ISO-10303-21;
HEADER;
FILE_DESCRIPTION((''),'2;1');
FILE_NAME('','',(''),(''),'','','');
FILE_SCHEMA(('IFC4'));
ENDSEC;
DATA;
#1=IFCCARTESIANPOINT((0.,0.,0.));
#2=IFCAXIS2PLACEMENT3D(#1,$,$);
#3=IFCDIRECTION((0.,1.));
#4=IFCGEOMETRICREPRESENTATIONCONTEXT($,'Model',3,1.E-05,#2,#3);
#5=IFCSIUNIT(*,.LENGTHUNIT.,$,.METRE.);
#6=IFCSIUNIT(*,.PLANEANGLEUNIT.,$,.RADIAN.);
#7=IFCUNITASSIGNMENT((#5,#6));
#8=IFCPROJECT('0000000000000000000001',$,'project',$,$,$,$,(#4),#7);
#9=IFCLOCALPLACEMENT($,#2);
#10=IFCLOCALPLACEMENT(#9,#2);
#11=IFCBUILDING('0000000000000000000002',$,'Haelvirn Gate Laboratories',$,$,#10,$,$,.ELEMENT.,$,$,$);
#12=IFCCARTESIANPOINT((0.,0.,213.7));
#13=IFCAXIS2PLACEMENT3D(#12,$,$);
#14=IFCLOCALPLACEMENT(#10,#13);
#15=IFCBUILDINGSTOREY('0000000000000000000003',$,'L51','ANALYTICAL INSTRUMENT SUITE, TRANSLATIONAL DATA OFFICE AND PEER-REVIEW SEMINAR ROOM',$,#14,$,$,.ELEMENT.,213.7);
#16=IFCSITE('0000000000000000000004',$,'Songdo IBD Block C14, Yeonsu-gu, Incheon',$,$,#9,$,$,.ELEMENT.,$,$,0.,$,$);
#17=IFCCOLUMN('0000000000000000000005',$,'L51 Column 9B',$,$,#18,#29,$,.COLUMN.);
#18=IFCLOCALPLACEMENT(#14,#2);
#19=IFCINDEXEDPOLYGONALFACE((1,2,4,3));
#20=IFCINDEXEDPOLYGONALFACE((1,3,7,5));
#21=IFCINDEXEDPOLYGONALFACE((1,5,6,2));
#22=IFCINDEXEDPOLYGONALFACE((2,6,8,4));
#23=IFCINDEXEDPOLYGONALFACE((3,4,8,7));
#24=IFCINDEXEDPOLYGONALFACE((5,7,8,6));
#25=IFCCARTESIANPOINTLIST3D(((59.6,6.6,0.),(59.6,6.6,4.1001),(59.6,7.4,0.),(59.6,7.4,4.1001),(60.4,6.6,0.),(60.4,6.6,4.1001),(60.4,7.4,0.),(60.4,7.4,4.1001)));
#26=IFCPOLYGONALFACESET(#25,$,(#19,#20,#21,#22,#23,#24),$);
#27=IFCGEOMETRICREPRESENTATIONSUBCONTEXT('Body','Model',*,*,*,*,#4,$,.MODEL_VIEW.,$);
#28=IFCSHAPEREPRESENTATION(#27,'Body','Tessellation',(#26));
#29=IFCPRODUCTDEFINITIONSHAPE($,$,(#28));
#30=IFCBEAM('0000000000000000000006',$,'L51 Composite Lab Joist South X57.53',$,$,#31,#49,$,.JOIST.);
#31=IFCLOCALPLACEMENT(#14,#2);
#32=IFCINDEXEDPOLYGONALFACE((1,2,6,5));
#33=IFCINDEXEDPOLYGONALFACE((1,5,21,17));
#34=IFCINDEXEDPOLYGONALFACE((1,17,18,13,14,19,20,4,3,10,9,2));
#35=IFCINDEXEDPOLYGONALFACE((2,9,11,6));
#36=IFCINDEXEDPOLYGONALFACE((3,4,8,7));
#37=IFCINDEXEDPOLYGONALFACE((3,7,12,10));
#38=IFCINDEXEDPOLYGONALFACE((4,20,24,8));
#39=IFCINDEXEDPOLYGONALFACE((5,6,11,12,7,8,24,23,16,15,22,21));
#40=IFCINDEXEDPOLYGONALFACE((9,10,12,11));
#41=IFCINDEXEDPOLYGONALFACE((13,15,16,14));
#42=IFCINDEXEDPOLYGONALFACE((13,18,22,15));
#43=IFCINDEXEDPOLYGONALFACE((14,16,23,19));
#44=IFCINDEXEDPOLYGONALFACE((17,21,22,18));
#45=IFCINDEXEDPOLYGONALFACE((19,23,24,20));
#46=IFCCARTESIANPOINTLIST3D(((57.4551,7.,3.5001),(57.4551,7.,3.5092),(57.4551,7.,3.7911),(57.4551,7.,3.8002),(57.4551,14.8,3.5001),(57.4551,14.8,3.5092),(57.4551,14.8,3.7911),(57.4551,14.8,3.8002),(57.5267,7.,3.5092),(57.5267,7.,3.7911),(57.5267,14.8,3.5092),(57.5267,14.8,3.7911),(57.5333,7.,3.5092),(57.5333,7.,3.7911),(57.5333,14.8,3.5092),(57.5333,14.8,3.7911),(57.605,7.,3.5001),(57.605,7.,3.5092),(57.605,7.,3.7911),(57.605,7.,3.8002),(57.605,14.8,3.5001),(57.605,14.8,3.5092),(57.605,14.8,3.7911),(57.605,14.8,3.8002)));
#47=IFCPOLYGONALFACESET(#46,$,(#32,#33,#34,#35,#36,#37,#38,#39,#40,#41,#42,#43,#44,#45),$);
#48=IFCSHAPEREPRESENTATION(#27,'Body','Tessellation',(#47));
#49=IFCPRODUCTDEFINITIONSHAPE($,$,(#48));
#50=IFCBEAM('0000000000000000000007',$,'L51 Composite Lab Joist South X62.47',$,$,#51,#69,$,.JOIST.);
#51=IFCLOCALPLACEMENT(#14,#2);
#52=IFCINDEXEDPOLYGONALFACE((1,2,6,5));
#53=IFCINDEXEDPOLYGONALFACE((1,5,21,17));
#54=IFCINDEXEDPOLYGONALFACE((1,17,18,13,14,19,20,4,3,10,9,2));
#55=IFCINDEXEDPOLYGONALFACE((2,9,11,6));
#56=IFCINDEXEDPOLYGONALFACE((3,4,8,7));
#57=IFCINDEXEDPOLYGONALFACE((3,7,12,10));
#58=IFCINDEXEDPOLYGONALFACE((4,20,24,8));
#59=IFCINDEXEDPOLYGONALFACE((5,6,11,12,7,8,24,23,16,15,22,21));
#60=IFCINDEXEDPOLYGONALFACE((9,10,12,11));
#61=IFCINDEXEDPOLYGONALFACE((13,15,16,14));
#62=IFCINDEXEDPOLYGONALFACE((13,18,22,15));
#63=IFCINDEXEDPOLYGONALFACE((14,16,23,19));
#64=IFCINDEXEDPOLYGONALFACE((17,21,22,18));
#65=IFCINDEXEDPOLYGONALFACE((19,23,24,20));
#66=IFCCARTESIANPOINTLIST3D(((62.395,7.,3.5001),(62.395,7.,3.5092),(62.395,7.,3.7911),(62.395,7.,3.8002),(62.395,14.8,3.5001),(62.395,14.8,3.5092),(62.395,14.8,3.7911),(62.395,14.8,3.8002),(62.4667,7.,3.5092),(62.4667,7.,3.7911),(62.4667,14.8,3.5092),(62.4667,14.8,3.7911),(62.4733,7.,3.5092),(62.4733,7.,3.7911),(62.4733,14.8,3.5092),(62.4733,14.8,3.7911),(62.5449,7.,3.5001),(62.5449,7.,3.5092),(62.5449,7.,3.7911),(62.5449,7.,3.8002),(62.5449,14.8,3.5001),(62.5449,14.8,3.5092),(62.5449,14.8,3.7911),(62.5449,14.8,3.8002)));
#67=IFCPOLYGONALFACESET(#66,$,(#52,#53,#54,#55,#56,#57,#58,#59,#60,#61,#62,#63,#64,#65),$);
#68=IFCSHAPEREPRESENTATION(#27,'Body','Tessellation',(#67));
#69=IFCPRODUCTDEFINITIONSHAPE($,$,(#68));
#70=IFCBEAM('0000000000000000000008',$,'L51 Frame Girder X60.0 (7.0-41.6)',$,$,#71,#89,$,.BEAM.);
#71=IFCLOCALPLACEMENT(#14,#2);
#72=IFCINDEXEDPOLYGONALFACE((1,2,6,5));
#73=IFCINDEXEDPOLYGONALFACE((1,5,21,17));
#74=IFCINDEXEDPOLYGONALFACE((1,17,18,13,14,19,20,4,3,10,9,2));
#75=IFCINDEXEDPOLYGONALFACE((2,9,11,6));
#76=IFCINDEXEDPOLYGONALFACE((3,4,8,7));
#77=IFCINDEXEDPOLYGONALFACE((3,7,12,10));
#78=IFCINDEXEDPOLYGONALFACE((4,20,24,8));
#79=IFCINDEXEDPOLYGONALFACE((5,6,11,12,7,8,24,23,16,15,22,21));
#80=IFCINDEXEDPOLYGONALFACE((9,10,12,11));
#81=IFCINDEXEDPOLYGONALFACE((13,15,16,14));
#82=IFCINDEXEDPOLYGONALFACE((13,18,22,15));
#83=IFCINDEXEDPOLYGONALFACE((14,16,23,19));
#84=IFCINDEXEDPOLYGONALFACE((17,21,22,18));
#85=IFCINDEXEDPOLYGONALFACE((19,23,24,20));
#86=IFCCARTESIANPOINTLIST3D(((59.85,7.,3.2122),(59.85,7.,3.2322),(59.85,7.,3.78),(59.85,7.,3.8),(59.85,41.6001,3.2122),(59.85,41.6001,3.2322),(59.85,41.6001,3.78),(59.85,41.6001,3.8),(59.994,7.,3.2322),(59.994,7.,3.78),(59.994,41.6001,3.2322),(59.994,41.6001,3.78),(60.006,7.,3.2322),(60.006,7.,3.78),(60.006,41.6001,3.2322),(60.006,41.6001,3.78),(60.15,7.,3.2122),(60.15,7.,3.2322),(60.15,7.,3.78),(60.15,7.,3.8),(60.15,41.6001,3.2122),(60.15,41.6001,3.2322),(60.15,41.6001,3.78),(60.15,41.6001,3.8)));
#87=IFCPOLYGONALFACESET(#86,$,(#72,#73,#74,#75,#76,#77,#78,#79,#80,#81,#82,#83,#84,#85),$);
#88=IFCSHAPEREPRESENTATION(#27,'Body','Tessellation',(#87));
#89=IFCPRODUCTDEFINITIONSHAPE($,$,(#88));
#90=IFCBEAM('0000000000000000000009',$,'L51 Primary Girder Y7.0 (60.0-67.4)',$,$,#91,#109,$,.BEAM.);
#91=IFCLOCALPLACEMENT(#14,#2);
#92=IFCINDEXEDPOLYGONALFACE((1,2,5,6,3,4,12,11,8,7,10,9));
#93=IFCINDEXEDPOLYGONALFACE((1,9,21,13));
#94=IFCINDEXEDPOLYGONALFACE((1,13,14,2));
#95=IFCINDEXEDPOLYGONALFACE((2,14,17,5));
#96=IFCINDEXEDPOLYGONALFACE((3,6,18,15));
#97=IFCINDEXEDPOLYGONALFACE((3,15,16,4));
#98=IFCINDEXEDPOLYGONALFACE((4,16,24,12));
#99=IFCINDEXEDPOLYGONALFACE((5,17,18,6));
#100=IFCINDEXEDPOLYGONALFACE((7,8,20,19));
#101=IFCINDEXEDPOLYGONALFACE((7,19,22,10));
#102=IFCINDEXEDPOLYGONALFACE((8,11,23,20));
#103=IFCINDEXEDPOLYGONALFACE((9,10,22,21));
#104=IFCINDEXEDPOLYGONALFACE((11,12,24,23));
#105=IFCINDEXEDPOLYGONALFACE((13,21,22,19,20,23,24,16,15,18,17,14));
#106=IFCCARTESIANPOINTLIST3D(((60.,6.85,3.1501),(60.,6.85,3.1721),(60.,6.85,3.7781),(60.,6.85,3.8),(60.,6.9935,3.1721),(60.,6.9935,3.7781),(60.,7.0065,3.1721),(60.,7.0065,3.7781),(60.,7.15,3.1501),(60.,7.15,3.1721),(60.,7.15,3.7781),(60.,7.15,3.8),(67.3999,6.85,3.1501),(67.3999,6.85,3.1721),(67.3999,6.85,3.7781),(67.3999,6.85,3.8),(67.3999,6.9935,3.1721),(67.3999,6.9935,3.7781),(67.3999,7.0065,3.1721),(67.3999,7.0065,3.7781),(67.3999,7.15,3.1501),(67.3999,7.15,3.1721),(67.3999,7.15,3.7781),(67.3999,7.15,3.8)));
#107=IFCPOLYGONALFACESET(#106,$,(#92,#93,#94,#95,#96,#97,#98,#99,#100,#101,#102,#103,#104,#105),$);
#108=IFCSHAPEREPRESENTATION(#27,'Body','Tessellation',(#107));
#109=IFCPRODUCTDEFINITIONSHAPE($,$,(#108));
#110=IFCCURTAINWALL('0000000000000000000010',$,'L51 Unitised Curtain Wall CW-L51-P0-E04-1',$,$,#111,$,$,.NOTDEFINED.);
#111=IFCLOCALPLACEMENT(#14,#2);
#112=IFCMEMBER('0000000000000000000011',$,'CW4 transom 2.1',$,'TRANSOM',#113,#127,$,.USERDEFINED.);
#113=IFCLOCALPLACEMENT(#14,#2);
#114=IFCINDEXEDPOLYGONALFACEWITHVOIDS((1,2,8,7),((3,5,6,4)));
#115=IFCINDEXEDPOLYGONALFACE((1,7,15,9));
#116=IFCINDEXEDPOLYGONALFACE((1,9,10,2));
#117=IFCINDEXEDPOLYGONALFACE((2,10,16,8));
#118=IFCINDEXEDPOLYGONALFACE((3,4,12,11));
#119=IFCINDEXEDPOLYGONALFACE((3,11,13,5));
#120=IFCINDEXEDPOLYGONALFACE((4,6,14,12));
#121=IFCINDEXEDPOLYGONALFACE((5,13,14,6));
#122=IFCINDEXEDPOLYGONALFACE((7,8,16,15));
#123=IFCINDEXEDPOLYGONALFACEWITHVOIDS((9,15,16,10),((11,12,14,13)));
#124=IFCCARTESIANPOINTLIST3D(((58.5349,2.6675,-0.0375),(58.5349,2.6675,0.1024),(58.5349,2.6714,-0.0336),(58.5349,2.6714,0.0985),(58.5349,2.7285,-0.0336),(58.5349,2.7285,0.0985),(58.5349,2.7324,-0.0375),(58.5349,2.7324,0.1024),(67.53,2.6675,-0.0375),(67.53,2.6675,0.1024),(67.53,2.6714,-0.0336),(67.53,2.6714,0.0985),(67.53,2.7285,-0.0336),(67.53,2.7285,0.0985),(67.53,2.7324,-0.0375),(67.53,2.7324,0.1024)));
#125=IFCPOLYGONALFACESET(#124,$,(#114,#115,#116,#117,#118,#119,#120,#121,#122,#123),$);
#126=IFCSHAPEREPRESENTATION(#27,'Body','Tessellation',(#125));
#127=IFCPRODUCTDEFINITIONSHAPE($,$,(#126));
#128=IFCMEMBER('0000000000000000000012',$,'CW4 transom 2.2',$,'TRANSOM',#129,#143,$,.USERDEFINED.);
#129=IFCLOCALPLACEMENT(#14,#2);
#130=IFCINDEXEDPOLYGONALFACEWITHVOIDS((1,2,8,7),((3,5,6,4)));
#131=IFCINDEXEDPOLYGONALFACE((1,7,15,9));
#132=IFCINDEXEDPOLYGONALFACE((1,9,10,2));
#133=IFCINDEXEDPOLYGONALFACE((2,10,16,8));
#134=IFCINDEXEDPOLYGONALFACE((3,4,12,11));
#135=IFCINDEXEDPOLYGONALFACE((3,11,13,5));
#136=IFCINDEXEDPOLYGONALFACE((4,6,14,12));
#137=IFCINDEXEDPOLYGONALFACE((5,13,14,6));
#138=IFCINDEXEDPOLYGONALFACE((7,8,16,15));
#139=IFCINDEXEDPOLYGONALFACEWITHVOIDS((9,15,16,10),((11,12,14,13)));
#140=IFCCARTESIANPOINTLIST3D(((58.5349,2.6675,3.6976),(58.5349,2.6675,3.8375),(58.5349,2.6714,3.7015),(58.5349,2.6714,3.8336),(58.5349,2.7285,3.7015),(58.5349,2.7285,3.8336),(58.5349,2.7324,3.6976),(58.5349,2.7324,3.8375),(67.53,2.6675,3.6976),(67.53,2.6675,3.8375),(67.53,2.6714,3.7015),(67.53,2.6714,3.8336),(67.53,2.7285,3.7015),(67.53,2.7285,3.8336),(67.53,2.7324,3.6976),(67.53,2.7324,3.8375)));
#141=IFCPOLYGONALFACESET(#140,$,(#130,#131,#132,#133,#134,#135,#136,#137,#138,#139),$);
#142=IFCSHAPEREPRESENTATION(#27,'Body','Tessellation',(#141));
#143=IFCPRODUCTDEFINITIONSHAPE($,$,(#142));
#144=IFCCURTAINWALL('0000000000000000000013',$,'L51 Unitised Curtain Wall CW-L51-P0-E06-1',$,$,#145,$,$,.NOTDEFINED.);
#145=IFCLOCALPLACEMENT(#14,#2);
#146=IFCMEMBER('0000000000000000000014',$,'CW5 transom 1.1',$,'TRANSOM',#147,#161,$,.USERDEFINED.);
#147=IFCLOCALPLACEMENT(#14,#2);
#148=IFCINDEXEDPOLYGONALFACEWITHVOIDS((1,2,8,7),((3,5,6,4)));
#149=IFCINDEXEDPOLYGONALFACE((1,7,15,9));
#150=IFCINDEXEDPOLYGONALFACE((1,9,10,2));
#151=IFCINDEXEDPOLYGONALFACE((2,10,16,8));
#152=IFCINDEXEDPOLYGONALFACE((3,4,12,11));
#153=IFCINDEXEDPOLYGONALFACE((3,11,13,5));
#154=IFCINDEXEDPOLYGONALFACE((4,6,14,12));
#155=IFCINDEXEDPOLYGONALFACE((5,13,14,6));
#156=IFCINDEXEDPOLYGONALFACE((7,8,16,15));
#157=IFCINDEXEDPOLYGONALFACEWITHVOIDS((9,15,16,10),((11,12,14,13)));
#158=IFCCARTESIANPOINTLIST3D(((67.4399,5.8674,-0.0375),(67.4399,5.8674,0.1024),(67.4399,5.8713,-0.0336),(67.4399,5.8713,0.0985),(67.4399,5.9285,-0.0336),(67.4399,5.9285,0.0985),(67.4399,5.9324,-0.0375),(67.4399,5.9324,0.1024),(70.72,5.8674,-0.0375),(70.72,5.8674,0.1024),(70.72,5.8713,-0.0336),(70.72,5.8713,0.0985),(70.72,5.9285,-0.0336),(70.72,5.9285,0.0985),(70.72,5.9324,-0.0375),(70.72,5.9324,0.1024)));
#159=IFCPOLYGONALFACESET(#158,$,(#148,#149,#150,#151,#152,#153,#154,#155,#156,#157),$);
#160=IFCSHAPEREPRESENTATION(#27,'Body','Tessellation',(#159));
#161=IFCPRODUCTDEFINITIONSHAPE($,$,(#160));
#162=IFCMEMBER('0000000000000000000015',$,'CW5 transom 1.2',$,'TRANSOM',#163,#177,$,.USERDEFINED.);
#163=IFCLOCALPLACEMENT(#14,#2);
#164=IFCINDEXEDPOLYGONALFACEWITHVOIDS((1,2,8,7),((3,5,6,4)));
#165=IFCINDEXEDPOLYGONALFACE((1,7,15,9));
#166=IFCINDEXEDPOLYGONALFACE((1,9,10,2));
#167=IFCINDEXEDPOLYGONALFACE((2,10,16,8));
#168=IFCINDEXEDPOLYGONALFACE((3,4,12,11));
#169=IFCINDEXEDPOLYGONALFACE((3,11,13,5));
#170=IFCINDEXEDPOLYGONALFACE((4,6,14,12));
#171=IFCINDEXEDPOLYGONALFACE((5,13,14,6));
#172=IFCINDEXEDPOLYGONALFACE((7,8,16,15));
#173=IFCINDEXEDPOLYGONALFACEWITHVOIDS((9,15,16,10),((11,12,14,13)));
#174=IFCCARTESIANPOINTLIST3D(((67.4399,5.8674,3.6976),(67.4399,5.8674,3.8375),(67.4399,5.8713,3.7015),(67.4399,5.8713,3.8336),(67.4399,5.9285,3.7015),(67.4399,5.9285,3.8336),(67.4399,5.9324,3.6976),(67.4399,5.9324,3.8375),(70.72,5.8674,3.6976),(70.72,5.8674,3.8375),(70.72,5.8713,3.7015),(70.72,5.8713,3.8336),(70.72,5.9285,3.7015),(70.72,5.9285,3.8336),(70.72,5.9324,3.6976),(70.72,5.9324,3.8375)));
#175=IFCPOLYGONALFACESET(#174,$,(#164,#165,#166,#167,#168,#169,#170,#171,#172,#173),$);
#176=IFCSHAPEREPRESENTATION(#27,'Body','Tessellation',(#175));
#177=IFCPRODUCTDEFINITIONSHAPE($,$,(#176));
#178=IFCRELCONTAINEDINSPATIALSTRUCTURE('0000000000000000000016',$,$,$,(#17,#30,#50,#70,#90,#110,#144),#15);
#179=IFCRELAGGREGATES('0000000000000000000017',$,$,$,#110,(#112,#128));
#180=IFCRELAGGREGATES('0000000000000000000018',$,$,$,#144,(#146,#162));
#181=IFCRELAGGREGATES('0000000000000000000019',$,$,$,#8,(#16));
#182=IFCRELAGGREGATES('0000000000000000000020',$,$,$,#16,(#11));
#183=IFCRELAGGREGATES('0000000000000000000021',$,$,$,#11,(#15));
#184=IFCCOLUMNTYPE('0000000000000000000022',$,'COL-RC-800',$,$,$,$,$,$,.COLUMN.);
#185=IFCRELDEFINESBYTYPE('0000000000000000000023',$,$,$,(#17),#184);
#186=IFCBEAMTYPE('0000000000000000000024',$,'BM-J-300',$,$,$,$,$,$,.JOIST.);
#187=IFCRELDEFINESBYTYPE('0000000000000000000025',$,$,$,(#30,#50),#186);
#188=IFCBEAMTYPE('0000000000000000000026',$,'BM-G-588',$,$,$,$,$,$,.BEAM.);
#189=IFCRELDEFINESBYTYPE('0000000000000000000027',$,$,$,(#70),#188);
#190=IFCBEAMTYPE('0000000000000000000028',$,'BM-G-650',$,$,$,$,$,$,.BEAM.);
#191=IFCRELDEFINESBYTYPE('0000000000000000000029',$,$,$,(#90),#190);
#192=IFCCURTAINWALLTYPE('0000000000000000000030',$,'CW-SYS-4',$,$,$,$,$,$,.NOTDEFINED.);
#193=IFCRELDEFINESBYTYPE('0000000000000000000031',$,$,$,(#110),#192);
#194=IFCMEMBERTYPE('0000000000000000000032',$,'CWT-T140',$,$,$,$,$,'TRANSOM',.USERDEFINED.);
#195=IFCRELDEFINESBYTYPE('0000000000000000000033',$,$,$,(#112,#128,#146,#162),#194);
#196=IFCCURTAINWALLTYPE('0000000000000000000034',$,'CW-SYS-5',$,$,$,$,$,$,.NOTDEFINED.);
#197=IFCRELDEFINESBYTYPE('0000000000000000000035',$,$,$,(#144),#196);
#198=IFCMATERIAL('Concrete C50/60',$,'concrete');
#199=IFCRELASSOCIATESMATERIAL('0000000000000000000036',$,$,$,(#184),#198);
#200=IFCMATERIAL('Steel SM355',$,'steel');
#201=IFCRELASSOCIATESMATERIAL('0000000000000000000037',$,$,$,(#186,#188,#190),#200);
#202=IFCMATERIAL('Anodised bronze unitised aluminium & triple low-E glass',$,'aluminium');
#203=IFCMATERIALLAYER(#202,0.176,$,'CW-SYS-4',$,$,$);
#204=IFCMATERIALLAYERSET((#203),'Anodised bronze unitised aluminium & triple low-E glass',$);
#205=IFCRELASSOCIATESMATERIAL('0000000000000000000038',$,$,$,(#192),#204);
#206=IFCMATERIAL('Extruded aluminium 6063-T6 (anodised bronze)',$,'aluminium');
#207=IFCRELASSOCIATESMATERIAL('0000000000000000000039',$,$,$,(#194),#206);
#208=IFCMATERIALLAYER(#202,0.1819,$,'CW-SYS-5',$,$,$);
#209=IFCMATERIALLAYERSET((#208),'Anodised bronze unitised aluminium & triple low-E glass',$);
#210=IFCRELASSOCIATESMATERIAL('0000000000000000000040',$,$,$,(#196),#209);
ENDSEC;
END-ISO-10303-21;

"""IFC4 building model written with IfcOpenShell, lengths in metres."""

from ifc_helpers import new_model, si_unit, direction, frame, origin, origin_2d, place, context, subcontext, project, spatial, rectangle, hollow_rectangle, i_section, extrude, source, transform, mapped, material, layer, layer_set, material_profile, profile_set, type_object, type_shapes, element, aggregate, save


model = new_model("IFC4")

# Units and contexts
model_context = context("Model", 3, precision=1e-05, world=origin(), true_north=direction((0.0, 1.0)))
body_context = subcontext(model_context, "Body", "Model", "MODEL_VIEW")
ifc_project = project(units=[si_unit("LENGTHUNIT", "METRE"), si_unit("PLANEANGLEUNIT", "RADIAN")], contexts=[model_context])

# Site, building, storey
site_placement = place(None, origin())
site = spatial("IfcSite", under=ifc_project, at=site_placement, Name="Songdo IBD Block C14, Yeonsu-gu, Incheon", CompositionType="ELEMENT", RefElevation=0.0)
building_placement = place(site_placement, origin())
building = spatial("IfcBuilding", under=site, at=building_placement, Name="Haelvirn Gate Laboratories", CompositionType="ELEMENT")
storey_placement = place(building_placement, frame((0.0, 0.0, 213.7)))
storey = spatial("IfcBuildingStorey", under=building, at=storey_placement, Name="L51", Description="ANALYTICAL INSTRUMENT SUITE, TRANSLATIONAL DATA OFFICE AND PEER-REVIEW SEMINAR ROOM", CompositionType="ELEMENT", Elevation=213.7)

# Column
ifc_material_1 = material(Name="Concrete C50/60", Category="concrete")
ifc_material_profile_1 = material_profile(ifc_material_1, rectangle(XDim=0.8, YDim=0.8, at=origin_2d()), Name="RC-800x800")
ifc_profile_set_1 = profile_set([ifc_material_profile_1], Name="Concrete C50/60")
column_type = type_object("IfcColumnType", Name="COL-RC-800", PredefinedType="COLUMN", material=ifc_profile_set_1)
shared_shape_1 = source(origin(), body_context, "Body", "SweptSolid", [
    extrude(rectangle(XDim=0.8, YDim=0.8, at=origin_2d()), origin(), (0.0, 0.0, 1.0), 4.1001),
])
type_shapes(column_type, [shared_shape_1])
column_placement = place(storey_placement, frame((60.0, 7.0, 0.0), z_axis=(0.0, 0.0, 1.0), x_axis=(1.0, 0.0, 0.0)))
element("IfcColumn", 1, at=column_placement, inside=storey, type_object=column_type, Name="L51 Column 9B", PredefinedType="COLUMN", context=body_context, shape_type="MappedRepresentation", body=[
    mapped(shared_shape_1, transform((0.0, 0.0, 0.0), scale=1.0)),
])

# Beams
ifc_material_2 = material(Name="Steel SM355", Category="steel")
ifc_material_profile_2 = material_profile(ifc_material_2, i_section(OverallWidth=0.1499, OverallDepth=0.3, WebThickness=0.0066, FlangeThickness=0.009, at=origin_2d()), Name="H-300x150x6.5x9")
ifc_profile_set_2 = profile_set([ifc_material_profile_2], Name="Steel SM355")
beam_type_1 = type_object("IfcBeamType", Name="BM-J-300", PredefinedType="JOIST", material=ifc_profile_set_2)
shared_shape_2 = source(origin(), body_context, "Body", "SweptSolid", [
    extrude(i_section(OverallWidth=0.1499, OverallDepth=0.3, WebThickness=0.0066, FlangeThickness=0.009, at=origin_2d()), origin(), (0.0, 0.0, 1.0), 7.8),
])
type_shapes(beam_type_1, [shared_shape_2])
for number, where, z_axis, x_axis, name in (
    (2, (57.53, 7.0, 3.6501), (0.0, 1.0, 0.0), (-1.0, 0.0, 0.0), "L51 Composite Lab Joist South X57.53"),
    (3, (62.47, 7.0, 3.6501), (0.0, 1.0, 0.0), (-1.0, 0.0, 0.0), "L51 Composite Lab Joist South X62.47"),
):
    element("IfcBeam", number, at=place(storey_placement, frame(where, z_axis=z_axis, x_axis=x_axis)), inside=storey, type_object=beam_type_1, Name=name, PredefinedType="JOIST", context=body_context, shape_type="MappedRepresentation", body=[
        mapped(shared_shape_2, transform((0.0, 0.0, 0.0), scale=1.0)),
    ])
ifc_material_profile_3 = material_profile(ifc_material_2, i_section(OverallWidth=0.3, OverallDepth=0.5879, WebThickness=0.012, FlangeThickness=0.02, at=origin_2d()), Name="H-588x300x12x20")
ifc_profile_set_3 = profile_set([ifc_material_profile_3], Name="Steel SM355")
beam_type_2 = type_object("IfcBeamType", Name="BM-G-588", PredefinedType="BEAM", material=ifc_profile_set_3)
shared_shape_3 = source(origin(), body_context, "Body", "SweptSolid", [
    extrude(i_section(OverallWidth=0.3, OverallDepth=0.5879, WebThickness=0.012, FlangeThickness=0.02, at=origin_2d()), origin(), (0.0, 0.0, 1.0), 34.6001),
])
type_shapes(beam_type_2, [shared_shape_3])
beam_1_placement = place(storey_placement, frame((60.0, 7.0, 3.5061), z_axis=(0.0, 1.0, 0.0), x_axis=(-1.0, 0.0, 0.0)))
element("IfcBeam", 4, at=beam_1_placement, inside=storey, type_object=beam_type_2, Name="L51 Frame Girder X60.0 (7.0-41.6)", PredefinedType="BEAM", context=body_context, shape_type="MappedRepresentation", body=[
    mapped(shared_shape_3, transform((0.0, 0.0, 0.0), scale=1.0)),
])
ifc_material_profile_4 = material_profile(ifc_material_2, i_section(OverallWidth=0.3, OverallDepth=0.6499, WebThickness=0.0129, FlangeThickness=0.022, at=origin_2d()), Name="H-650x300x13x22")
ifc_profile_set_4 = profile_set([ifc_material_profile_4], Name="Steel SM355")
beam_type_3 = type_object("IfcBeamType", Name="BM-G-650", PredefinedType="BEAM", material=ifc_profile_set_4)
shared_shape_4 = source(origin(), body_context, "Body", "SweptSolid", [
    extrude(i_section(OverallWidth=0.3, OverallDepth=0.6499, WebThickness=0.0129, FlangeThickness=0.022, at=origin_2d()), origin(), (0.0, 0.0, 1.0), 7.3999),
])
type_shapes(beam_type_3, [shared_shape_4])
beam_2_placement = place(storey_placement, frame((60.0, 7.0, 3.4751), z_axis=(1.0, 0.0, 0.0), x_axis=(0.0, 1.0, 0.0)))
element("IfcBeam", 5, at=beam_2_placement, inside=storey, type_object=beam_type_3, Name="L51 Primary Girder Y7.0 (60.0-67.4)", PredefinedType="BEAM", context=body_context, shape_type="MappedRepresentation", body=[
    mapped(shared_shape_4, transform((0.0, 0.0, 0.0), scale=1.0)),
])

# Curtain walls, members
ifc_material_3 = material(Name="Anodised bronze unitised aluminium & triple low-E glass", Category="aluminium")
ifc_layer_1 = layer(ifc_material_3, 0.176, Name="CW-SYS-4")
ifc_layer_set_1 = layer_set([ifc_layer_1], Name="Anodised bronze unitised aluminium & triple low-E glass")
curtain_wall_type_1 = type_object("IfcCurtainWallType", Name="CW-SYS-4", PredefinedType="NOTDEFINED", material=ifc_layer_set_1)
curtain_wall_1_placement = place(storey_placement, origin())
curtain_wall_1 = element("IfcCurtainWall", 6, at=curtain_wall_1_placement, inside=storey, type_object=curtain_wall_type_1, Name="L51 Unitised Curtain Wall CW-L51-P0-E04-1", PredefinedType="NOTDEFINED")
ifc_material_4 = material(Name="Extruded aluminium 6063-T6 (anodised bronze)", Category="aluminium")
ifc_material_profile_5 = material_profile(ifc_material_4, hollow_rectangle(XDim=0.0649, YDim=0.1399, WallThickness=0.0039, at=origin_2d()), Name="CWT-140x65x4")
ifc_profile_set_5 = profile_set([ifc_material_profile_5], Name="Extruded aluminium 6063-T6 (anodised bronze)")
member_type_1 = type_object("IfcMemberType", Name="CWT-T140", ElementType="TRANSOM", PredefinedType="USERDEFINED", material=ifc_profile_set_5)
shared_shape_5 = source(origin(), body_context, "Body", "SweptSolid", [
    extrude(hollow_rectangle(XDim=0.0649, YDim=0.1399, WallThickness=0.0039, at=origin_2d()), origin(), (0.0, 0.0, 1.0), 8.9951),
])
member_1_placement = place(storey_placement, frame((58.5349, 2.7, 0.0325), z_axis=(1.0, 0.0, 0.0), x_axis=(0.0, 1.0, 0.0)))
member_1 = element("IfcMember", 7, at=member_1_placement, type_object=member_type_1, Name="CW4 transom 2.1", ObjectType="TRANSOM", PredefinedType="USERDEFINED", context=body_context, shape_type="MappedRepresentation", body=[
    mapped(shared_shape_5, transform((0.0, 0.0, 0.0), scale=1.0)),
])
member_2_placement = place(storey_placement, frame((58.5349, 2.7, 3.7676), z_axis=(1.0, 0.0, 0.0), x_axis=(0.0, 1.0, 0.0)))
member_2 = element("IfcMember", 8, at=member_2_placement, type_object=member_type_1, Name="CW4 transom 2.2", ObjectType="TRANSOM", PredefinedType="USERDEFINED", context=body_context, shape_type="MappedRepresentation", body=[
    mapped(shared_shape_5, transform((0.0, 0.0, 0.0), scale=1.0)),
])
ifc_layer_2 = layer(ifc_material_3, 0.1819, Name="CW-SYS-5")
ifc_layer_set_2 = layer_set([ifc_layer_2], Name="Anodised bronze unitised aluminium & triple low-E glass")
curtain_wall_type_2 = type_object("IfcCurtainWallType", Name="CW-SYS-5", PredefinedType="NOTDEFINED", material=ifc_layer_set_2)
curtain_wall_2_placement = place(storey_placement, origin())
curtain_wall_2 = element("IfcCurtainWall", 9, at=curtain_wall_2_placement, inside=storey, type_object=curtain_wall_type_2, Name="L51 Unitised Curtain Wall CW-L51-P0-E06-1", PredefinedType="NOTDEFINED")
shared_shape_6 = source(origin(), body_context, "Body", "SweptSolid", [
    extrude(hollow_rectangle(XDim=0.0649, YDim=0.1399, WallThickness=0.0039, at=origin_2d()), origin(), (0.0, 0.0, 1.0), 3.28),
])
member_3_placement = place(storey_placement, frame((67.4399, 5.8999, 0.0325), z_axis=(1.0, 0.0, 0.0), x_axis=(0.0, 1.0, 0.0)))
member_3 = element("IfcMember", 10, at=member_3_placement, type_object=member_type_1, Name="CW5 transom 1.1", ObjectType="TRANSOM", PredefinedType="USERDEFINED", context=body_context, shape_type="MappedRepresentation", body=[
    mapped(shared_shape_6, transform((0.0, 0.0, 0.0), scale=1.0)),
])
member_4_placement = place(storey_placement, frame((67.4399, 5.8999, 3.7676), z_axis=(1.0, 0.0, 0.0), x_axis=(0.0, 1.0, 0.0)))
member_4 = element("IfcMember", 11, at=member_4_placement, type_object=member_type_1, Name="CW5 transom 1.2", ObjectType="TRANSOM", PredefinedType="USERDEFINED", context=body_context, shape_type="MappedRepresentation", body=[
    mapped(shared_shape_6, transform((0.0, 0.0, 0.0), scale=1.0)),
])

aggregate(curtain_wall_1, [member_1, member_2])
aggregate(curtain_wall_2, [member_3, member_4])

save(model, "model.ifc")
